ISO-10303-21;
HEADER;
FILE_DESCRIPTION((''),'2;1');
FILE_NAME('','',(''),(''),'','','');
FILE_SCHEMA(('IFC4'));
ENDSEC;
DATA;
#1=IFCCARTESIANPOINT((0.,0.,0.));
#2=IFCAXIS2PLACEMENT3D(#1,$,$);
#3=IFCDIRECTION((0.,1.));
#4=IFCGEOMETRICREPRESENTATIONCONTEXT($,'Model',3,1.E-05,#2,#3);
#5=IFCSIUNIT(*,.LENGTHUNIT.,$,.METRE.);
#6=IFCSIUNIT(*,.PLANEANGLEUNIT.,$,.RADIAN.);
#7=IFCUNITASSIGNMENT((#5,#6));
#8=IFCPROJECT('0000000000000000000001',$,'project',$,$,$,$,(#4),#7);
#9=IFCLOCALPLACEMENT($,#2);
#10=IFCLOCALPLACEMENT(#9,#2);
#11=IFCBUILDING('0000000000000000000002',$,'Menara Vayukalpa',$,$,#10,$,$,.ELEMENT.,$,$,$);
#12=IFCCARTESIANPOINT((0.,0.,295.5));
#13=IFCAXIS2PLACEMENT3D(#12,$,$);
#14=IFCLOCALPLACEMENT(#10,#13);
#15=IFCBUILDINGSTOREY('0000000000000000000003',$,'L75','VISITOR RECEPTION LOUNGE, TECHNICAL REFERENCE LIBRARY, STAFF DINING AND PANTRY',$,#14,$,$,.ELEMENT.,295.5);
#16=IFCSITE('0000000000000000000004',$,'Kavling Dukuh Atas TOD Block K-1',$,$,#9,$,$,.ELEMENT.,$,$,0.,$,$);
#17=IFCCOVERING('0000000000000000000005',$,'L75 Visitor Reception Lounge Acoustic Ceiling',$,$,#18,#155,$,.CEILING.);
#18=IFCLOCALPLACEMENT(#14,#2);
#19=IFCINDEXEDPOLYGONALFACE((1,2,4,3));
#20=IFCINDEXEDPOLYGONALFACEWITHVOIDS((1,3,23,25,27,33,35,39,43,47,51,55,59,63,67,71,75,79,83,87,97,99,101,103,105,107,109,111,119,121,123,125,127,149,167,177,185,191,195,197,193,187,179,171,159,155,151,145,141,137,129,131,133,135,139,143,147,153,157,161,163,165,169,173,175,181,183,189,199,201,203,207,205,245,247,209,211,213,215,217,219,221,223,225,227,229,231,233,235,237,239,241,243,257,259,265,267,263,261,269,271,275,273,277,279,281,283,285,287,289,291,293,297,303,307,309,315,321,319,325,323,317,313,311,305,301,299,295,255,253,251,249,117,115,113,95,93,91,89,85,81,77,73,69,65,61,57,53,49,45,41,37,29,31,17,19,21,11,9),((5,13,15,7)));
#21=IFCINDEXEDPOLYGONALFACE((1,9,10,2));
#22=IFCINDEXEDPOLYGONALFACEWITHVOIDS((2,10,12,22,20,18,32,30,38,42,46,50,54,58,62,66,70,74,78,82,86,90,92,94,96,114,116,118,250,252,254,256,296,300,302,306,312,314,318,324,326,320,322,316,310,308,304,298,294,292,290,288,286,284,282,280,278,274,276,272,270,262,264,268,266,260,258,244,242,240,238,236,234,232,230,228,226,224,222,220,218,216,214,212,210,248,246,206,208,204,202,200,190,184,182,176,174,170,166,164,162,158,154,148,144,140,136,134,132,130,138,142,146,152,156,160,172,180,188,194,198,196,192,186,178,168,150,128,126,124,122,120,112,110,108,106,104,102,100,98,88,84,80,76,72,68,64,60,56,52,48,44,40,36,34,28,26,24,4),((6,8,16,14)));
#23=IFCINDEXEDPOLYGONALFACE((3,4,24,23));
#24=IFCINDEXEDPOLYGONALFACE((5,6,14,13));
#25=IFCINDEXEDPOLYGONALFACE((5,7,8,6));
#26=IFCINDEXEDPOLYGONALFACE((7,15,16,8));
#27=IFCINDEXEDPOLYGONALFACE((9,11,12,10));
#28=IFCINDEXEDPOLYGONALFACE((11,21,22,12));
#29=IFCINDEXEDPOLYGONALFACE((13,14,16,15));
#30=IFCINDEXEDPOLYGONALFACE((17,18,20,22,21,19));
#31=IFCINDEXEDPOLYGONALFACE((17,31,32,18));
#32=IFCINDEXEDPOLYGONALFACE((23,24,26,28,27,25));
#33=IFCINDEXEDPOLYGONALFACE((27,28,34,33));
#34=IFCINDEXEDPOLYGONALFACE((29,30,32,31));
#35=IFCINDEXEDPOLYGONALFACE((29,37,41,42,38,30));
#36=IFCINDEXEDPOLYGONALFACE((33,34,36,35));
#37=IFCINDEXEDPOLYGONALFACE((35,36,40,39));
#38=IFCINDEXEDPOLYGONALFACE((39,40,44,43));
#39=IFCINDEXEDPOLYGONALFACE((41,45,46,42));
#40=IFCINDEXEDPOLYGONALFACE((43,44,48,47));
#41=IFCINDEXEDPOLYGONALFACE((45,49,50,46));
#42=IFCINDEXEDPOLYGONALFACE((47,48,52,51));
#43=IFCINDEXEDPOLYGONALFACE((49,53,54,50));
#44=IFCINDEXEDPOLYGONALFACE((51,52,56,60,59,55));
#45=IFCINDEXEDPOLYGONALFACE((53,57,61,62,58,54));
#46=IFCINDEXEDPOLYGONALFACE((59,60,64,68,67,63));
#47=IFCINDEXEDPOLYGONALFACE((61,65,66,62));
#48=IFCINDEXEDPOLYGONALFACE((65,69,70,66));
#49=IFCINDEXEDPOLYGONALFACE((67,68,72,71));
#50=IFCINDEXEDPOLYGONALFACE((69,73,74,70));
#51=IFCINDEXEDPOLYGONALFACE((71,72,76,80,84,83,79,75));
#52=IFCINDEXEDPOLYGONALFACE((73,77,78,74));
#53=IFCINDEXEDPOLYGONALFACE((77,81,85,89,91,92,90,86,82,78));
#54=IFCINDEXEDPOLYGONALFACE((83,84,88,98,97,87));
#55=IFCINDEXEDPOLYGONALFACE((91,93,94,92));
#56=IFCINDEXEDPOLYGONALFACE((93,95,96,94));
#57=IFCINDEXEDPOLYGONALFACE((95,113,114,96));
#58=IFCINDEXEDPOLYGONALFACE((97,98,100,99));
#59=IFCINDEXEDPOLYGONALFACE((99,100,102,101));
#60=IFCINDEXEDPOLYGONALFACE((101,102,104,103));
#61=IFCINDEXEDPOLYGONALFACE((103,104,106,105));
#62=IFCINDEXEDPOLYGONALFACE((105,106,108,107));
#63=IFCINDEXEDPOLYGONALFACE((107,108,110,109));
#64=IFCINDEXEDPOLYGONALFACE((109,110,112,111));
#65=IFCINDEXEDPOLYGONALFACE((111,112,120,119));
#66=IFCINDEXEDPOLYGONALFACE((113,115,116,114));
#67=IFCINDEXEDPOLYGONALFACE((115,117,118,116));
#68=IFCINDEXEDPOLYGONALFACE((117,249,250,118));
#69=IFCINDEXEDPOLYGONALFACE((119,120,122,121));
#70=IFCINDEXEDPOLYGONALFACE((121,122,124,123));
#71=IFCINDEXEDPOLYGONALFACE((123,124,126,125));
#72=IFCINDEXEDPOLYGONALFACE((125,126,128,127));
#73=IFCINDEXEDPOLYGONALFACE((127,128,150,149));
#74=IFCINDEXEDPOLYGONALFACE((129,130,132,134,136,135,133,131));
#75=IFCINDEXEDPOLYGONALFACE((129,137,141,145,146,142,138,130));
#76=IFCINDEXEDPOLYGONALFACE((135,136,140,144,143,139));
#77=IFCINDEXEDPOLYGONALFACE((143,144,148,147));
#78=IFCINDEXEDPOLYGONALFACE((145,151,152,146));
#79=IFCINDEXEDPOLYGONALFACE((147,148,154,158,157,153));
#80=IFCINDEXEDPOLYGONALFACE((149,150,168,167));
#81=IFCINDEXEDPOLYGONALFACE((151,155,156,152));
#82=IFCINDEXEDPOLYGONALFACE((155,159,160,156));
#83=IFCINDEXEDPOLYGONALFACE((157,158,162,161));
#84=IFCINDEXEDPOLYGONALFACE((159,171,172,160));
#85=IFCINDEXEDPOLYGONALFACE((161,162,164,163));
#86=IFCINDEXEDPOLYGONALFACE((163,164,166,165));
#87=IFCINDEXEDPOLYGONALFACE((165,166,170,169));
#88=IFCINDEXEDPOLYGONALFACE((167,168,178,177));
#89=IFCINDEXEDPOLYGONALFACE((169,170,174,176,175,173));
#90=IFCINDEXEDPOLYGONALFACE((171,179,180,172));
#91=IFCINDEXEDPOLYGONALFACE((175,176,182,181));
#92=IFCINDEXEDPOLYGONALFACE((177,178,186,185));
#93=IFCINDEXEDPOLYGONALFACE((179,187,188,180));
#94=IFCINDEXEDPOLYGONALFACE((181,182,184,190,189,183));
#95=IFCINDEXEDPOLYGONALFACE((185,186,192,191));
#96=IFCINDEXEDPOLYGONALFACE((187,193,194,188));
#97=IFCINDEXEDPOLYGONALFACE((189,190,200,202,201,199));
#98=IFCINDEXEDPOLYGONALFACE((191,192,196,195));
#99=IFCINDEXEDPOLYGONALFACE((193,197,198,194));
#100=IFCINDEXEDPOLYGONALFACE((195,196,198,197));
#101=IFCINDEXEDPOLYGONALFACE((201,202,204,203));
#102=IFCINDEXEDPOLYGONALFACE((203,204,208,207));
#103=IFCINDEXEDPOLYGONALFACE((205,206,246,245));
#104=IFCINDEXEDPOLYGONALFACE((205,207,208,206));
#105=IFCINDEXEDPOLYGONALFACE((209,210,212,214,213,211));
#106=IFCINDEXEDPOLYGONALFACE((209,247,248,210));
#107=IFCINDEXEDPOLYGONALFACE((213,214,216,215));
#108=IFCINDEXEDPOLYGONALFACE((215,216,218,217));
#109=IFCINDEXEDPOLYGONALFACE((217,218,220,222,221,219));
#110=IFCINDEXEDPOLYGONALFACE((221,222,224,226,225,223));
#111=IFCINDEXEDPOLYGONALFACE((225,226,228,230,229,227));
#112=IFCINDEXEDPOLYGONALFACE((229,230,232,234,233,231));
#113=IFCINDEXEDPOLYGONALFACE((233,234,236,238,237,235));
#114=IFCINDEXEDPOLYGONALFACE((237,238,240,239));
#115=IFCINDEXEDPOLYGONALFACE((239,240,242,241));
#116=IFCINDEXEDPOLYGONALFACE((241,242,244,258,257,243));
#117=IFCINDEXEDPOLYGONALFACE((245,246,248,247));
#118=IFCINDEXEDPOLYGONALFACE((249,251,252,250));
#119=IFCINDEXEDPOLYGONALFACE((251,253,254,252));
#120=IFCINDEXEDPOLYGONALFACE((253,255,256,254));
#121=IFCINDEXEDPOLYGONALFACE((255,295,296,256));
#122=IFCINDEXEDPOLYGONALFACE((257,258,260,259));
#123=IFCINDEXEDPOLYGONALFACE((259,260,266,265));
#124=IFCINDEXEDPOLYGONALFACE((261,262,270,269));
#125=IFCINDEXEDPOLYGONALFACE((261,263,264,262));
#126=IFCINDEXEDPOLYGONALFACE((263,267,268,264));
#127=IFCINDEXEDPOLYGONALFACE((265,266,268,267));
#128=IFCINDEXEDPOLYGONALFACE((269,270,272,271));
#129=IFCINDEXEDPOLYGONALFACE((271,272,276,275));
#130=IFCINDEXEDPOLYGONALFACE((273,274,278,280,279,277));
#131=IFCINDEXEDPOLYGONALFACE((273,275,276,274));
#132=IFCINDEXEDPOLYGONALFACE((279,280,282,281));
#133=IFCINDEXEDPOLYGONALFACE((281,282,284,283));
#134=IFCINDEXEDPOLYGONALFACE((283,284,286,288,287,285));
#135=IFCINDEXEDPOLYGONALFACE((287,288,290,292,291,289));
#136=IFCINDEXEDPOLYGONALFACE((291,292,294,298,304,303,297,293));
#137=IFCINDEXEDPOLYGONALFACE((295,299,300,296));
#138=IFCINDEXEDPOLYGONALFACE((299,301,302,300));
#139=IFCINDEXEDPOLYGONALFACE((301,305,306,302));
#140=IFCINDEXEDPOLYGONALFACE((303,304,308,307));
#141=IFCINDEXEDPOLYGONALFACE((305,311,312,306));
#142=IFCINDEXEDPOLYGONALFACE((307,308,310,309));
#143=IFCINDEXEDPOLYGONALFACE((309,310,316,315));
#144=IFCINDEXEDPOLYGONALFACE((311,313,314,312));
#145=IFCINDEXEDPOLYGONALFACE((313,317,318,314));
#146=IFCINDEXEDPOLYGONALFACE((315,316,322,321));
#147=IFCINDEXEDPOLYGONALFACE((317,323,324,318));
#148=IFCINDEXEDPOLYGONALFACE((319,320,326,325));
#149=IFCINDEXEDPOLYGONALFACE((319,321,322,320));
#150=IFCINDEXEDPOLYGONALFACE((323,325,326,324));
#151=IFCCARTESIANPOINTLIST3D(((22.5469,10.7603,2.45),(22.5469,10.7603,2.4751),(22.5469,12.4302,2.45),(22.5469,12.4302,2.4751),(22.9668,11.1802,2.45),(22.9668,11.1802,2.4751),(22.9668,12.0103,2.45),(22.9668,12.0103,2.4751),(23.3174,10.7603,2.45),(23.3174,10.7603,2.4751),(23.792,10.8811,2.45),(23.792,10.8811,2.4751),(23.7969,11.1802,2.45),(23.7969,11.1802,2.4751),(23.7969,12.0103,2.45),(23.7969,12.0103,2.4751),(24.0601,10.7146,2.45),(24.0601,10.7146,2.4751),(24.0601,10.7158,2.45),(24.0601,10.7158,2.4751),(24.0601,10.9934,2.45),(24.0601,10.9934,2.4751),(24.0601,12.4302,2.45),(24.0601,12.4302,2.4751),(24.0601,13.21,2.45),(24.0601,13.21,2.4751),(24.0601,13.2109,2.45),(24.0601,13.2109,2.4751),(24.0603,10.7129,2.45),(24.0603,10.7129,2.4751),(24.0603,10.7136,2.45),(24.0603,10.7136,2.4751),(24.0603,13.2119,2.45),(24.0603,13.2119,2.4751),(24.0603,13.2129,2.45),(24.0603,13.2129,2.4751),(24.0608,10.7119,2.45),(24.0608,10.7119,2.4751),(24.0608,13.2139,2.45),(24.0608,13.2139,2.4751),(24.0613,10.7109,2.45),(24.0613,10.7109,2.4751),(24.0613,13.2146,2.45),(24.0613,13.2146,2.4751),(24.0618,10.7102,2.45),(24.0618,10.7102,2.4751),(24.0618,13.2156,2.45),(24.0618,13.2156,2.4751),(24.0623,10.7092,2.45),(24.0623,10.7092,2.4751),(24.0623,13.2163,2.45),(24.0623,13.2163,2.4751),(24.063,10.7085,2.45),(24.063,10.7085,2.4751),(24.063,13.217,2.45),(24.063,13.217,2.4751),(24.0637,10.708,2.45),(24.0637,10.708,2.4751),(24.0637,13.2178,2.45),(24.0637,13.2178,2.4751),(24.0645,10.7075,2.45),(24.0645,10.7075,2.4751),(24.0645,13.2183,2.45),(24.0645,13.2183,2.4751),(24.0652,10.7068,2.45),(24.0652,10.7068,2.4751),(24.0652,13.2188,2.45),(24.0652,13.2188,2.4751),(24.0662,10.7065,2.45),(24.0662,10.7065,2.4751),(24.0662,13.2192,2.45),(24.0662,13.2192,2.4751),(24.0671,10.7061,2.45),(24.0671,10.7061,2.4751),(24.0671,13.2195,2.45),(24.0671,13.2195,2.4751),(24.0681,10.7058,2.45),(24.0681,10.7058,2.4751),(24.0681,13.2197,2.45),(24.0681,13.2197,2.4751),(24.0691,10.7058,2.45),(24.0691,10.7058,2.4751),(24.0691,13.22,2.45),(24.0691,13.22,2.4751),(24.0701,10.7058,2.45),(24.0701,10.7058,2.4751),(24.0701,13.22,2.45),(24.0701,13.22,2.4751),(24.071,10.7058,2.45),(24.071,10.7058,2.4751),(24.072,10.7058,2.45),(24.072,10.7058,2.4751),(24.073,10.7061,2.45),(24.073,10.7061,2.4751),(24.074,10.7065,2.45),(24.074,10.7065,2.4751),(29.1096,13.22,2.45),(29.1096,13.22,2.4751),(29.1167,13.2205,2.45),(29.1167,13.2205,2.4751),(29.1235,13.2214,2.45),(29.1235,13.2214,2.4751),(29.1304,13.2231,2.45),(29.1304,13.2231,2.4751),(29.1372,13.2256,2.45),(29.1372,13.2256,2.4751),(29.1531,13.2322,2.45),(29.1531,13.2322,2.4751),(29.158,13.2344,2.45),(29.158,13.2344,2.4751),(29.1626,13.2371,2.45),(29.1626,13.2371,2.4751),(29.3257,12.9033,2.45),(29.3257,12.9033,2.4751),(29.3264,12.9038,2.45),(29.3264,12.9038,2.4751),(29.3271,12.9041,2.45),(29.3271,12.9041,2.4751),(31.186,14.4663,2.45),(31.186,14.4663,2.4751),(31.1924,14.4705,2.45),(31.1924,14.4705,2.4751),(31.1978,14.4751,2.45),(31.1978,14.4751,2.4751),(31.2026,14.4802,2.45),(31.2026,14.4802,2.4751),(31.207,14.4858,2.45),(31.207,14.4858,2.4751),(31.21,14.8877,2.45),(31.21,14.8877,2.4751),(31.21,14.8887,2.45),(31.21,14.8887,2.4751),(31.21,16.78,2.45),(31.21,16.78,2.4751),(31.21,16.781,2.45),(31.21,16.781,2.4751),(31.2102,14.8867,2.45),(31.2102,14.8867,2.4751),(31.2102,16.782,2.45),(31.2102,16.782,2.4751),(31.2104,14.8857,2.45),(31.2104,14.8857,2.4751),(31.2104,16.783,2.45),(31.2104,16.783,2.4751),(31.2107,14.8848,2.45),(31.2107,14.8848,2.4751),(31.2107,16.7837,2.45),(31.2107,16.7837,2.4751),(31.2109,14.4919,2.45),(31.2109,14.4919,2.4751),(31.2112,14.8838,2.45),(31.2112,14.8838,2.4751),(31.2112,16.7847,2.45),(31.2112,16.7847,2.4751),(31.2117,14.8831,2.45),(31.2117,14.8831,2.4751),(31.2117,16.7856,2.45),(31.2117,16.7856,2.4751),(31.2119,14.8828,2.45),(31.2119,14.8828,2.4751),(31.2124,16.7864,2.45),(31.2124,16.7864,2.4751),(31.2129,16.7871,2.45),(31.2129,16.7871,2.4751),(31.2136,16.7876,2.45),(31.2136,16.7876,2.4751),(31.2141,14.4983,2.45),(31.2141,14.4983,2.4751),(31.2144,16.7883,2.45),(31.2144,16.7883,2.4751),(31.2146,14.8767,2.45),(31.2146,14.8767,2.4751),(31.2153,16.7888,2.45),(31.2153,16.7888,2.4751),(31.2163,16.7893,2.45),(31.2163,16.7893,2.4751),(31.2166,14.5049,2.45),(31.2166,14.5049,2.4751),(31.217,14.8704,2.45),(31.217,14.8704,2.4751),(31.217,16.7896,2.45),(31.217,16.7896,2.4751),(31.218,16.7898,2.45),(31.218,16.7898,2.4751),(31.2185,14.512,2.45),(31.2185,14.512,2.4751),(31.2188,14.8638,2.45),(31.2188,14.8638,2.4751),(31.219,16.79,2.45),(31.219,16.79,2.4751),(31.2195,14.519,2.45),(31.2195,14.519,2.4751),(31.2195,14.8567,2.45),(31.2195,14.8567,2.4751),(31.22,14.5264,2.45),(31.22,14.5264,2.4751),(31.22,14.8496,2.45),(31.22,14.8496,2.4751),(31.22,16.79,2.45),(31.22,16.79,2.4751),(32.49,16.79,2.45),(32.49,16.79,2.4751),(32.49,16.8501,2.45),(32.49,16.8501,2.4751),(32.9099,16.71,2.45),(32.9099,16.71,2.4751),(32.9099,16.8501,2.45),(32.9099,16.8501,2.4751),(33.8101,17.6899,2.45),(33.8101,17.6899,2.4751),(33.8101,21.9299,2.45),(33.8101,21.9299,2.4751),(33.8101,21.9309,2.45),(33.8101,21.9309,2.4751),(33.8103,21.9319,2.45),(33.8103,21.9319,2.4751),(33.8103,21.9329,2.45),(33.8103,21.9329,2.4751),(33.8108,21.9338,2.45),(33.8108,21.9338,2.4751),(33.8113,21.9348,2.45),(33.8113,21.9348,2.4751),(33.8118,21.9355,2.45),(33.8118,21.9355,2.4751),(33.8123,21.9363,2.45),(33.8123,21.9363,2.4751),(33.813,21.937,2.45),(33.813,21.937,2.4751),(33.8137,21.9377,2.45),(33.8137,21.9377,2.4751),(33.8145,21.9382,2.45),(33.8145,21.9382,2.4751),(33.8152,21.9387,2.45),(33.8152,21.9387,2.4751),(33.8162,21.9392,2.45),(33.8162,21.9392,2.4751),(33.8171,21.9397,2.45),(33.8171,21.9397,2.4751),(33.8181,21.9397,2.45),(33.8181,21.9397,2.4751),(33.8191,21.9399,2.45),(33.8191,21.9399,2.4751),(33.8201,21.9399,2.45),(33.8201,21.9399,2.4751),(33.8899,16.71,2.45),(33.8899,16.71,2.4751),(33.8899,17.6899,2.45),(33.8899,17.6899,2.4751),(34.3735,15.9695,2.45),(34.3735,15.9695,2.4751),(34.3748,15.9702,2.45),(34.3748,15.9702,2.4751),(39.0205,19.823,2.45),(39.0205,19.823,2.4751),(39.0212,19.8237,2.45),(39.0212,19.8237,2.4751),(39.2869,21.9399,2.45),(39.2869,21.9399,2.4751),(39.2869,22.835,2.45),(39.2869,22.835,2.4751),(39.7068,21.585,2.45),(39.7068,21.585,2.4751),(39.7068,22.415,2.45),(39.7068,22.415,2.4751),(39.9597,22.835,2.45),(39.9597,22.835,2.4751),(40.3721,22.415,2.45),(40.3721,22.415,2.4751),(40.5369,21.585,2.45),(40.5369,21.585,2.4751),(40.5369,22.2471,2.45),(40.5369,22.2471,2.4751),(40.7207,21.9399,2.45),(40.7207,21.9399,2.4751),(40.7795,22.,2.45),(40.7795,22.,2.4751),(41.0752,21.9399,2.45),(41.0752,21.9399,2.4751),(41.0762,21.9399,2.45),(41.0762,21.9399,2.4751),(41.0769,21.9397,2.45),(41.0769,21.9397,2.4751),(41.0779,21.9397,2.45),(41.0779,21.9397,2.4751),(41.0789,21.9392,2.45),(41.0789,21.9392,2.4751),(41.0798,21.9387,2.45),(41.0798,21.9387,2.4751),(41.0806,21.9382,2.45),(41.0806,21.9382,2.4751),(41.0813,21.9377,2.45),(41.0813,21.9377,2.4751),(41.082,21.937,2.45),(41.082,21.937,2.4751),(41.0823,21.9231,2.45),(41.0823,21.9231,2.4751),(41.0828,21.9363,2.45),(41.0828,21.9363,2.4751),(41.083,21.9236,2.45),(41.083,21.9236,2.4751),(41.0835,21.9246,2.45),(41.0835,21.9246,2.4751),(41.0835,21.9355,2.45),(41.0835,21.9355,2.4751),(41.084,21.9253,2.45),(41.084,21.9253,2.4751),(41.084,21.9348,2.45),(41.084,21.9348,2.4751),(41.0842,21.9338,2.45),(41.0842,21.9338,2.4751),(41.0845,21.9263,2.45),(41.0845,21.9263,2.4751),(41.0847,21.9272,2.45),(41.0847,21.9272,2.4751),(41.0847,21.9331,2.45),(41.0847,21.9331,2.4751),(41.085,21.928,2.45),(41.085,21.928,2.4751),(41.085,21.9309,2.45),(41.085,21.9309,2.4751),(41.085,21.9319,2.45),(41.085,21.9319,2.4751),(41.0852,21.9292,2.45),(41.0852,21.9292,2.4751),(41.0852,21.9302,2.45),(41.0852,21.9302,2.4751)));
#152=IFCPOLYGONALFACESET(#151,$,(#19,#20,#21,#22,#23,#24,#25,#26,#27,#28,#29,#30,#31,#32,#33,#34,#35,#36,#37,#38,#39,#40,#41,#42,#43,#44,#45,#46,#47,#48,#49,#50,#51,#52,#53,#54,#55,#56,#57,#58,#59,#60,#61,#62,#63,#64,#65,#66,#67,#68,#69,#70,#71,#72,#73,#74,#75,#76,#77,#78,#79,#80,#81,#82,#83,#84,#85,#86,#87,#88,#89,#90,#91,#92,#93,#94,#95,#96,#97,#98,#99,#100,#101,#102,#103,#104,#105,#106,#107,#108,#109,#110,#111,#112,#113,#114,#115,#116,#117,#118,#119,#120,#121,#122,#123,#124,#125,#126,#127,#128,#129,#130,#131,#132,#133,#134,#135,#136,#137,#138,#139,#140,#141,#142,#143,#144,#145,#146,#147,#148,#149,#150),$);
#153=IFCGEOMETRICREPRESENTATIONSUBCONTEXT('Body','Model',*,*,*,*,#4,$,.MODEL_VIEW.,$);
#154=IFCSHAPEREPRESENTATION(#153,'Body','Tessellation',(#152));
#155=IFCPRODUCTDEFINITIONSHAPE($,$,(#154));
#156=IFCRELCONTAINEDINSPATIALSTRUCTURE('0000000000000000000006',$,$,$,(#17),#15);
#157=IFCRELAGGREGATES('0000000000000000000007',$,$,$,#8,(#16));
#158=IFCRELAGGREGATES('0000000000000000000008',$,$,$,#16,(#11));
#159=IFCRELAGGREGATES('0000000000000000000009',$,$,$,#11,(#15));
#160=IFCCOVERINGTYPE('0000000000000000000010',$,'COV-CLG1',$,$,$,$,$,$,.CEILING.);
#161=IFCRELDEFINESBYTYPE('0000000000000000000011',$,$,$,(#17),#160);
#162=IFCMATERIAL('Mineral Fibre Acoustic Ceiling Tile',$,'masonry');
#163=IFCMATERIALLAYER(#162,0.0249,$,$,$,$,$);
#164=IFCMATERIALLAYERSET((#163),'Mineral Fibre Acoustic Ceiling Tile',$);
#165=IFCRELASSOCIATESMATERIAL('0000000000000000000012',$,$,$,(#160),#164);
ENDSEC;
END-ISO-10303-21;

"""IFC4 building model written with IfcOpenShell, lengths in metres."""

from ifc_helpers import new_model, si_unit, direction, frame, origin, place, context, subcontext, project, spatial, polyline, outline, extrude, material, layer, layer_set, type_object, element, save


model = new_model("IFC4")

# Units and contexts
model_context = context("Model", 3, precision=1e-05, world=origin(), true_north=direction((0.0, 1.0)))
body_context = subcontext(model_context, "Body", "Model", "MODEL_VIEW")
ifc_project = project(units=[si_unit("LENGTHUNIT", "METRE"), si_unit("PLANEANGLEUNIT", "RADIAN")], contexts=[model_context])

# Site, building, storey
site_placement = place(None, origin())
site = spatial("IfcSite", under=ifc_project, at=site_placement, Name="Kavling Dukuh Atas TOD Block K-1", CompositionType="ELEMENT", RefElevation=0.0)
building_placement = place(site_placement, origin())
building = spatial("IfcBuilding", under=site, at=building_placement, Name="Menara Vayukalpa", CompositionType="ELEMENT")
storey_placement = place(building_placement, frame((0.0, 0.0, 295.5)))
storey = spatial("IfcBuildingStorey", under=building, at=storey_placement, Name="L75", Description="VISITOR RECEPTION LOUNGE, TECHNICAL REFERENCE LIBRARY, STAFF DINING AND PANTRY", CompositionType="ELEMENT", Elevation=295.5)

# Covering
ifc_material_1 = material(Name="Mineral Fibre Acoustic Ceiling Tile", Category="masonry")
ifc_layer_1 = layer(ifc_material_1, 0.0249)
ifc_layer_set_1 = layer_set([ifc_layer_1], Name="Mineral Fibre Acoustic Ceiling Tile")
covering_type_1 = type_object("IfcCoveringType", Name="COV-CLG1", PredefinedType="CEILING", material=ifc_layer_set_1)
covering_1_placement = place(storey_placement, frame((0.0, 0.0, 2.45)))
element("IfcCovering", 1, at=covering_1_placement, inside=storey, type_object=covering_type_1, Name="L75 Visitor Reception Lounge Acoustic Ceiling", PredefinedType="CEILING", context=body_context, shape_type="SweptSolid", body=[
    extrude(outline(polyline([(24.0601, 13.21), (24.0601, 13.2109), (24.0603, 13.2119), (24.0603, 13.2129), (24.0608, 13.2139), (24.0613, 13.2146), (24.0618, 13.2156), (24.0623, 13.2163), (24.063, 13.217), (24.0637, 13.2178), (24.0645, 13.2183), (24.0652, 13.2188), (24.0662, 13.2192), (24.0671, 13.2195), (24.0681, 13.2197), (24.0691, 13.22), (24.0701, 13.22), (29.1096, 13.22), (29.1167, 13.2205), (29.1235, 13.2214), (29.1304, 13.2231), (29.1372, 13.2256), (29.1531, 13.2322), (29.158, 13.2344), (29.1626, 13.2371), (31.186, 14.4663), (31.1924, 14.4705), (31.1978, 14.4751), (31.2026, 14.4802), (31.207, 14.4858), (31.2109, 14.4919), (31.2141, 14.4983), (31.2166, 14.5049), (31.2185, 14.512), (31.2195, 14.519), (31.22, 14.5264), (31.22, 14.8496), (31.2195, 14.8567), (31.2188, 14.8638), (31.217, 14.8704), (31.2146, 14.8767), (31.2119, 14.8828), (31.2117, 14.8831), (31.2112, 14.8838), (31.2107, 14.8848), (31.2104, 14.8857), (31.2102, 14.8867), (31.21, 14.8877), (31.21, 14.8887), (31.21, 16.78), (31.21, 16.781), (31.2102, 16.782), (31.2104, 16.783), (31.2107, 16.7837), (31.2112, 16.7847), (31.2117, 16.7856), (31.2124, 16.7864), (31.2129, 16.7871), (31.2136, 16.7876), (31.2144, 16.7883), (31.2153, 16.7888), (31.2163, 16.7893), (31.217, 16.7896), (31.218, 16.7898), (31.219, 16.79), (31.22, 16.79), (32.49, 16.79), (32.49, 16.8501), (32.9099, 16.8501), (32.9099, 16.71), (33.8899, 16.71), (33.8899, 17.6899), (33.8101, 17.6899), (33.8101, 21.9299), (33.8101, 21.9309), (33.8103, 21.9319), (33.8103, 21.9329), (33.8108, 21.9338), (33.8113, 21.9348), (33.8118, 21.9355), (33.8123, 21.9363), (33.813, 21.937), (33.8137, 21.9377), (33.8145, 21.9382), (33.8152, 21.9387), (33.8162, 21.9392), (33.8171, 21.9397), (33.8181, 21.9397), (33.8191, 21.9399), (33.8201, 21.9399), (39.2869, 21.9399), (39.2869, 22.835), (39.9597, 22.835), (40.3721, 22.415), (39.7068, 22.415), (39.7068, 21.585), (40.5369, 21.585), (40.5369, 22.2471), (40.7795, 22.0), (40.7207, 21.9399), (41.0752, 21.9399), (41.0762, 21.9399), (41.0769, 21.9397), (41.0779, 21.9397), (41.0789, 21.9392), (41.0798, 21.9387), (41.0806, 21.9382), (41.0813, 21.9377), (41.082, 21.937), (41.0828, 21.9363), (41.0835, 21.9355), (41.084, 21.9348), (41.0842, 21.9338), (41.0847, 21.9331), (41.085, 21.9319), (41.085, 21.9309), (41.0852, 21.9302), (41.0852, 21.9292), (41.085, 21.928), (41.0847, 21.9272), (41.0845, 21.9263), (41.084, 21.9253), (41.0835, 21.9246), (41.083, 21.9236), (41.0823, 21.9231), (39.0212, 19.8237), (39.0205, 19.823), (34.3748, 15.9702), (34.3735, 15.9695), (29.3271, 12.9041), (29.3264, 12.9038), (29.3257, 12.9033), (24.074, 10.7065), (24.073, 10.7061), (24.072, 10.7058), (24.071, 10.7058), (24.0701, 10.7058), (24.0691, 10.7058), (24.0681, 10.7058), (24.0671, 10.7061), (24.0662, 10.7065), (24.0652, 10.7068), (24.0645, 10.7075), (24.0637, 10.708), (24.063, 10.7085), (24.0623, 10.7092), (24.0618, 10.7102), (24.0613, 10.7109), (24.0608, 10.7119), (24.0603, 10.7129), (24.0603, 10.7136), (24.0601, 10.7146), (24.0601, 10.7158), (24.0601, 10.9934), (23.792, 10.8811), (23.3174, 10.7603), (22.5469, 10.7603), (22.5469, 12.4302), (24.0601, 12.4302), (24.0601, 13.21)]), holes=[polyline([(23.7969, 12.0103), (22.9668, 12.0103), (22.9668, 11.1802), (23.7969, 11.1802), (23.7969, 12.0103)])]), origin(), (0.0, 0.0, 1.0), 0.0251),
])

save(model, "model.ifc")
